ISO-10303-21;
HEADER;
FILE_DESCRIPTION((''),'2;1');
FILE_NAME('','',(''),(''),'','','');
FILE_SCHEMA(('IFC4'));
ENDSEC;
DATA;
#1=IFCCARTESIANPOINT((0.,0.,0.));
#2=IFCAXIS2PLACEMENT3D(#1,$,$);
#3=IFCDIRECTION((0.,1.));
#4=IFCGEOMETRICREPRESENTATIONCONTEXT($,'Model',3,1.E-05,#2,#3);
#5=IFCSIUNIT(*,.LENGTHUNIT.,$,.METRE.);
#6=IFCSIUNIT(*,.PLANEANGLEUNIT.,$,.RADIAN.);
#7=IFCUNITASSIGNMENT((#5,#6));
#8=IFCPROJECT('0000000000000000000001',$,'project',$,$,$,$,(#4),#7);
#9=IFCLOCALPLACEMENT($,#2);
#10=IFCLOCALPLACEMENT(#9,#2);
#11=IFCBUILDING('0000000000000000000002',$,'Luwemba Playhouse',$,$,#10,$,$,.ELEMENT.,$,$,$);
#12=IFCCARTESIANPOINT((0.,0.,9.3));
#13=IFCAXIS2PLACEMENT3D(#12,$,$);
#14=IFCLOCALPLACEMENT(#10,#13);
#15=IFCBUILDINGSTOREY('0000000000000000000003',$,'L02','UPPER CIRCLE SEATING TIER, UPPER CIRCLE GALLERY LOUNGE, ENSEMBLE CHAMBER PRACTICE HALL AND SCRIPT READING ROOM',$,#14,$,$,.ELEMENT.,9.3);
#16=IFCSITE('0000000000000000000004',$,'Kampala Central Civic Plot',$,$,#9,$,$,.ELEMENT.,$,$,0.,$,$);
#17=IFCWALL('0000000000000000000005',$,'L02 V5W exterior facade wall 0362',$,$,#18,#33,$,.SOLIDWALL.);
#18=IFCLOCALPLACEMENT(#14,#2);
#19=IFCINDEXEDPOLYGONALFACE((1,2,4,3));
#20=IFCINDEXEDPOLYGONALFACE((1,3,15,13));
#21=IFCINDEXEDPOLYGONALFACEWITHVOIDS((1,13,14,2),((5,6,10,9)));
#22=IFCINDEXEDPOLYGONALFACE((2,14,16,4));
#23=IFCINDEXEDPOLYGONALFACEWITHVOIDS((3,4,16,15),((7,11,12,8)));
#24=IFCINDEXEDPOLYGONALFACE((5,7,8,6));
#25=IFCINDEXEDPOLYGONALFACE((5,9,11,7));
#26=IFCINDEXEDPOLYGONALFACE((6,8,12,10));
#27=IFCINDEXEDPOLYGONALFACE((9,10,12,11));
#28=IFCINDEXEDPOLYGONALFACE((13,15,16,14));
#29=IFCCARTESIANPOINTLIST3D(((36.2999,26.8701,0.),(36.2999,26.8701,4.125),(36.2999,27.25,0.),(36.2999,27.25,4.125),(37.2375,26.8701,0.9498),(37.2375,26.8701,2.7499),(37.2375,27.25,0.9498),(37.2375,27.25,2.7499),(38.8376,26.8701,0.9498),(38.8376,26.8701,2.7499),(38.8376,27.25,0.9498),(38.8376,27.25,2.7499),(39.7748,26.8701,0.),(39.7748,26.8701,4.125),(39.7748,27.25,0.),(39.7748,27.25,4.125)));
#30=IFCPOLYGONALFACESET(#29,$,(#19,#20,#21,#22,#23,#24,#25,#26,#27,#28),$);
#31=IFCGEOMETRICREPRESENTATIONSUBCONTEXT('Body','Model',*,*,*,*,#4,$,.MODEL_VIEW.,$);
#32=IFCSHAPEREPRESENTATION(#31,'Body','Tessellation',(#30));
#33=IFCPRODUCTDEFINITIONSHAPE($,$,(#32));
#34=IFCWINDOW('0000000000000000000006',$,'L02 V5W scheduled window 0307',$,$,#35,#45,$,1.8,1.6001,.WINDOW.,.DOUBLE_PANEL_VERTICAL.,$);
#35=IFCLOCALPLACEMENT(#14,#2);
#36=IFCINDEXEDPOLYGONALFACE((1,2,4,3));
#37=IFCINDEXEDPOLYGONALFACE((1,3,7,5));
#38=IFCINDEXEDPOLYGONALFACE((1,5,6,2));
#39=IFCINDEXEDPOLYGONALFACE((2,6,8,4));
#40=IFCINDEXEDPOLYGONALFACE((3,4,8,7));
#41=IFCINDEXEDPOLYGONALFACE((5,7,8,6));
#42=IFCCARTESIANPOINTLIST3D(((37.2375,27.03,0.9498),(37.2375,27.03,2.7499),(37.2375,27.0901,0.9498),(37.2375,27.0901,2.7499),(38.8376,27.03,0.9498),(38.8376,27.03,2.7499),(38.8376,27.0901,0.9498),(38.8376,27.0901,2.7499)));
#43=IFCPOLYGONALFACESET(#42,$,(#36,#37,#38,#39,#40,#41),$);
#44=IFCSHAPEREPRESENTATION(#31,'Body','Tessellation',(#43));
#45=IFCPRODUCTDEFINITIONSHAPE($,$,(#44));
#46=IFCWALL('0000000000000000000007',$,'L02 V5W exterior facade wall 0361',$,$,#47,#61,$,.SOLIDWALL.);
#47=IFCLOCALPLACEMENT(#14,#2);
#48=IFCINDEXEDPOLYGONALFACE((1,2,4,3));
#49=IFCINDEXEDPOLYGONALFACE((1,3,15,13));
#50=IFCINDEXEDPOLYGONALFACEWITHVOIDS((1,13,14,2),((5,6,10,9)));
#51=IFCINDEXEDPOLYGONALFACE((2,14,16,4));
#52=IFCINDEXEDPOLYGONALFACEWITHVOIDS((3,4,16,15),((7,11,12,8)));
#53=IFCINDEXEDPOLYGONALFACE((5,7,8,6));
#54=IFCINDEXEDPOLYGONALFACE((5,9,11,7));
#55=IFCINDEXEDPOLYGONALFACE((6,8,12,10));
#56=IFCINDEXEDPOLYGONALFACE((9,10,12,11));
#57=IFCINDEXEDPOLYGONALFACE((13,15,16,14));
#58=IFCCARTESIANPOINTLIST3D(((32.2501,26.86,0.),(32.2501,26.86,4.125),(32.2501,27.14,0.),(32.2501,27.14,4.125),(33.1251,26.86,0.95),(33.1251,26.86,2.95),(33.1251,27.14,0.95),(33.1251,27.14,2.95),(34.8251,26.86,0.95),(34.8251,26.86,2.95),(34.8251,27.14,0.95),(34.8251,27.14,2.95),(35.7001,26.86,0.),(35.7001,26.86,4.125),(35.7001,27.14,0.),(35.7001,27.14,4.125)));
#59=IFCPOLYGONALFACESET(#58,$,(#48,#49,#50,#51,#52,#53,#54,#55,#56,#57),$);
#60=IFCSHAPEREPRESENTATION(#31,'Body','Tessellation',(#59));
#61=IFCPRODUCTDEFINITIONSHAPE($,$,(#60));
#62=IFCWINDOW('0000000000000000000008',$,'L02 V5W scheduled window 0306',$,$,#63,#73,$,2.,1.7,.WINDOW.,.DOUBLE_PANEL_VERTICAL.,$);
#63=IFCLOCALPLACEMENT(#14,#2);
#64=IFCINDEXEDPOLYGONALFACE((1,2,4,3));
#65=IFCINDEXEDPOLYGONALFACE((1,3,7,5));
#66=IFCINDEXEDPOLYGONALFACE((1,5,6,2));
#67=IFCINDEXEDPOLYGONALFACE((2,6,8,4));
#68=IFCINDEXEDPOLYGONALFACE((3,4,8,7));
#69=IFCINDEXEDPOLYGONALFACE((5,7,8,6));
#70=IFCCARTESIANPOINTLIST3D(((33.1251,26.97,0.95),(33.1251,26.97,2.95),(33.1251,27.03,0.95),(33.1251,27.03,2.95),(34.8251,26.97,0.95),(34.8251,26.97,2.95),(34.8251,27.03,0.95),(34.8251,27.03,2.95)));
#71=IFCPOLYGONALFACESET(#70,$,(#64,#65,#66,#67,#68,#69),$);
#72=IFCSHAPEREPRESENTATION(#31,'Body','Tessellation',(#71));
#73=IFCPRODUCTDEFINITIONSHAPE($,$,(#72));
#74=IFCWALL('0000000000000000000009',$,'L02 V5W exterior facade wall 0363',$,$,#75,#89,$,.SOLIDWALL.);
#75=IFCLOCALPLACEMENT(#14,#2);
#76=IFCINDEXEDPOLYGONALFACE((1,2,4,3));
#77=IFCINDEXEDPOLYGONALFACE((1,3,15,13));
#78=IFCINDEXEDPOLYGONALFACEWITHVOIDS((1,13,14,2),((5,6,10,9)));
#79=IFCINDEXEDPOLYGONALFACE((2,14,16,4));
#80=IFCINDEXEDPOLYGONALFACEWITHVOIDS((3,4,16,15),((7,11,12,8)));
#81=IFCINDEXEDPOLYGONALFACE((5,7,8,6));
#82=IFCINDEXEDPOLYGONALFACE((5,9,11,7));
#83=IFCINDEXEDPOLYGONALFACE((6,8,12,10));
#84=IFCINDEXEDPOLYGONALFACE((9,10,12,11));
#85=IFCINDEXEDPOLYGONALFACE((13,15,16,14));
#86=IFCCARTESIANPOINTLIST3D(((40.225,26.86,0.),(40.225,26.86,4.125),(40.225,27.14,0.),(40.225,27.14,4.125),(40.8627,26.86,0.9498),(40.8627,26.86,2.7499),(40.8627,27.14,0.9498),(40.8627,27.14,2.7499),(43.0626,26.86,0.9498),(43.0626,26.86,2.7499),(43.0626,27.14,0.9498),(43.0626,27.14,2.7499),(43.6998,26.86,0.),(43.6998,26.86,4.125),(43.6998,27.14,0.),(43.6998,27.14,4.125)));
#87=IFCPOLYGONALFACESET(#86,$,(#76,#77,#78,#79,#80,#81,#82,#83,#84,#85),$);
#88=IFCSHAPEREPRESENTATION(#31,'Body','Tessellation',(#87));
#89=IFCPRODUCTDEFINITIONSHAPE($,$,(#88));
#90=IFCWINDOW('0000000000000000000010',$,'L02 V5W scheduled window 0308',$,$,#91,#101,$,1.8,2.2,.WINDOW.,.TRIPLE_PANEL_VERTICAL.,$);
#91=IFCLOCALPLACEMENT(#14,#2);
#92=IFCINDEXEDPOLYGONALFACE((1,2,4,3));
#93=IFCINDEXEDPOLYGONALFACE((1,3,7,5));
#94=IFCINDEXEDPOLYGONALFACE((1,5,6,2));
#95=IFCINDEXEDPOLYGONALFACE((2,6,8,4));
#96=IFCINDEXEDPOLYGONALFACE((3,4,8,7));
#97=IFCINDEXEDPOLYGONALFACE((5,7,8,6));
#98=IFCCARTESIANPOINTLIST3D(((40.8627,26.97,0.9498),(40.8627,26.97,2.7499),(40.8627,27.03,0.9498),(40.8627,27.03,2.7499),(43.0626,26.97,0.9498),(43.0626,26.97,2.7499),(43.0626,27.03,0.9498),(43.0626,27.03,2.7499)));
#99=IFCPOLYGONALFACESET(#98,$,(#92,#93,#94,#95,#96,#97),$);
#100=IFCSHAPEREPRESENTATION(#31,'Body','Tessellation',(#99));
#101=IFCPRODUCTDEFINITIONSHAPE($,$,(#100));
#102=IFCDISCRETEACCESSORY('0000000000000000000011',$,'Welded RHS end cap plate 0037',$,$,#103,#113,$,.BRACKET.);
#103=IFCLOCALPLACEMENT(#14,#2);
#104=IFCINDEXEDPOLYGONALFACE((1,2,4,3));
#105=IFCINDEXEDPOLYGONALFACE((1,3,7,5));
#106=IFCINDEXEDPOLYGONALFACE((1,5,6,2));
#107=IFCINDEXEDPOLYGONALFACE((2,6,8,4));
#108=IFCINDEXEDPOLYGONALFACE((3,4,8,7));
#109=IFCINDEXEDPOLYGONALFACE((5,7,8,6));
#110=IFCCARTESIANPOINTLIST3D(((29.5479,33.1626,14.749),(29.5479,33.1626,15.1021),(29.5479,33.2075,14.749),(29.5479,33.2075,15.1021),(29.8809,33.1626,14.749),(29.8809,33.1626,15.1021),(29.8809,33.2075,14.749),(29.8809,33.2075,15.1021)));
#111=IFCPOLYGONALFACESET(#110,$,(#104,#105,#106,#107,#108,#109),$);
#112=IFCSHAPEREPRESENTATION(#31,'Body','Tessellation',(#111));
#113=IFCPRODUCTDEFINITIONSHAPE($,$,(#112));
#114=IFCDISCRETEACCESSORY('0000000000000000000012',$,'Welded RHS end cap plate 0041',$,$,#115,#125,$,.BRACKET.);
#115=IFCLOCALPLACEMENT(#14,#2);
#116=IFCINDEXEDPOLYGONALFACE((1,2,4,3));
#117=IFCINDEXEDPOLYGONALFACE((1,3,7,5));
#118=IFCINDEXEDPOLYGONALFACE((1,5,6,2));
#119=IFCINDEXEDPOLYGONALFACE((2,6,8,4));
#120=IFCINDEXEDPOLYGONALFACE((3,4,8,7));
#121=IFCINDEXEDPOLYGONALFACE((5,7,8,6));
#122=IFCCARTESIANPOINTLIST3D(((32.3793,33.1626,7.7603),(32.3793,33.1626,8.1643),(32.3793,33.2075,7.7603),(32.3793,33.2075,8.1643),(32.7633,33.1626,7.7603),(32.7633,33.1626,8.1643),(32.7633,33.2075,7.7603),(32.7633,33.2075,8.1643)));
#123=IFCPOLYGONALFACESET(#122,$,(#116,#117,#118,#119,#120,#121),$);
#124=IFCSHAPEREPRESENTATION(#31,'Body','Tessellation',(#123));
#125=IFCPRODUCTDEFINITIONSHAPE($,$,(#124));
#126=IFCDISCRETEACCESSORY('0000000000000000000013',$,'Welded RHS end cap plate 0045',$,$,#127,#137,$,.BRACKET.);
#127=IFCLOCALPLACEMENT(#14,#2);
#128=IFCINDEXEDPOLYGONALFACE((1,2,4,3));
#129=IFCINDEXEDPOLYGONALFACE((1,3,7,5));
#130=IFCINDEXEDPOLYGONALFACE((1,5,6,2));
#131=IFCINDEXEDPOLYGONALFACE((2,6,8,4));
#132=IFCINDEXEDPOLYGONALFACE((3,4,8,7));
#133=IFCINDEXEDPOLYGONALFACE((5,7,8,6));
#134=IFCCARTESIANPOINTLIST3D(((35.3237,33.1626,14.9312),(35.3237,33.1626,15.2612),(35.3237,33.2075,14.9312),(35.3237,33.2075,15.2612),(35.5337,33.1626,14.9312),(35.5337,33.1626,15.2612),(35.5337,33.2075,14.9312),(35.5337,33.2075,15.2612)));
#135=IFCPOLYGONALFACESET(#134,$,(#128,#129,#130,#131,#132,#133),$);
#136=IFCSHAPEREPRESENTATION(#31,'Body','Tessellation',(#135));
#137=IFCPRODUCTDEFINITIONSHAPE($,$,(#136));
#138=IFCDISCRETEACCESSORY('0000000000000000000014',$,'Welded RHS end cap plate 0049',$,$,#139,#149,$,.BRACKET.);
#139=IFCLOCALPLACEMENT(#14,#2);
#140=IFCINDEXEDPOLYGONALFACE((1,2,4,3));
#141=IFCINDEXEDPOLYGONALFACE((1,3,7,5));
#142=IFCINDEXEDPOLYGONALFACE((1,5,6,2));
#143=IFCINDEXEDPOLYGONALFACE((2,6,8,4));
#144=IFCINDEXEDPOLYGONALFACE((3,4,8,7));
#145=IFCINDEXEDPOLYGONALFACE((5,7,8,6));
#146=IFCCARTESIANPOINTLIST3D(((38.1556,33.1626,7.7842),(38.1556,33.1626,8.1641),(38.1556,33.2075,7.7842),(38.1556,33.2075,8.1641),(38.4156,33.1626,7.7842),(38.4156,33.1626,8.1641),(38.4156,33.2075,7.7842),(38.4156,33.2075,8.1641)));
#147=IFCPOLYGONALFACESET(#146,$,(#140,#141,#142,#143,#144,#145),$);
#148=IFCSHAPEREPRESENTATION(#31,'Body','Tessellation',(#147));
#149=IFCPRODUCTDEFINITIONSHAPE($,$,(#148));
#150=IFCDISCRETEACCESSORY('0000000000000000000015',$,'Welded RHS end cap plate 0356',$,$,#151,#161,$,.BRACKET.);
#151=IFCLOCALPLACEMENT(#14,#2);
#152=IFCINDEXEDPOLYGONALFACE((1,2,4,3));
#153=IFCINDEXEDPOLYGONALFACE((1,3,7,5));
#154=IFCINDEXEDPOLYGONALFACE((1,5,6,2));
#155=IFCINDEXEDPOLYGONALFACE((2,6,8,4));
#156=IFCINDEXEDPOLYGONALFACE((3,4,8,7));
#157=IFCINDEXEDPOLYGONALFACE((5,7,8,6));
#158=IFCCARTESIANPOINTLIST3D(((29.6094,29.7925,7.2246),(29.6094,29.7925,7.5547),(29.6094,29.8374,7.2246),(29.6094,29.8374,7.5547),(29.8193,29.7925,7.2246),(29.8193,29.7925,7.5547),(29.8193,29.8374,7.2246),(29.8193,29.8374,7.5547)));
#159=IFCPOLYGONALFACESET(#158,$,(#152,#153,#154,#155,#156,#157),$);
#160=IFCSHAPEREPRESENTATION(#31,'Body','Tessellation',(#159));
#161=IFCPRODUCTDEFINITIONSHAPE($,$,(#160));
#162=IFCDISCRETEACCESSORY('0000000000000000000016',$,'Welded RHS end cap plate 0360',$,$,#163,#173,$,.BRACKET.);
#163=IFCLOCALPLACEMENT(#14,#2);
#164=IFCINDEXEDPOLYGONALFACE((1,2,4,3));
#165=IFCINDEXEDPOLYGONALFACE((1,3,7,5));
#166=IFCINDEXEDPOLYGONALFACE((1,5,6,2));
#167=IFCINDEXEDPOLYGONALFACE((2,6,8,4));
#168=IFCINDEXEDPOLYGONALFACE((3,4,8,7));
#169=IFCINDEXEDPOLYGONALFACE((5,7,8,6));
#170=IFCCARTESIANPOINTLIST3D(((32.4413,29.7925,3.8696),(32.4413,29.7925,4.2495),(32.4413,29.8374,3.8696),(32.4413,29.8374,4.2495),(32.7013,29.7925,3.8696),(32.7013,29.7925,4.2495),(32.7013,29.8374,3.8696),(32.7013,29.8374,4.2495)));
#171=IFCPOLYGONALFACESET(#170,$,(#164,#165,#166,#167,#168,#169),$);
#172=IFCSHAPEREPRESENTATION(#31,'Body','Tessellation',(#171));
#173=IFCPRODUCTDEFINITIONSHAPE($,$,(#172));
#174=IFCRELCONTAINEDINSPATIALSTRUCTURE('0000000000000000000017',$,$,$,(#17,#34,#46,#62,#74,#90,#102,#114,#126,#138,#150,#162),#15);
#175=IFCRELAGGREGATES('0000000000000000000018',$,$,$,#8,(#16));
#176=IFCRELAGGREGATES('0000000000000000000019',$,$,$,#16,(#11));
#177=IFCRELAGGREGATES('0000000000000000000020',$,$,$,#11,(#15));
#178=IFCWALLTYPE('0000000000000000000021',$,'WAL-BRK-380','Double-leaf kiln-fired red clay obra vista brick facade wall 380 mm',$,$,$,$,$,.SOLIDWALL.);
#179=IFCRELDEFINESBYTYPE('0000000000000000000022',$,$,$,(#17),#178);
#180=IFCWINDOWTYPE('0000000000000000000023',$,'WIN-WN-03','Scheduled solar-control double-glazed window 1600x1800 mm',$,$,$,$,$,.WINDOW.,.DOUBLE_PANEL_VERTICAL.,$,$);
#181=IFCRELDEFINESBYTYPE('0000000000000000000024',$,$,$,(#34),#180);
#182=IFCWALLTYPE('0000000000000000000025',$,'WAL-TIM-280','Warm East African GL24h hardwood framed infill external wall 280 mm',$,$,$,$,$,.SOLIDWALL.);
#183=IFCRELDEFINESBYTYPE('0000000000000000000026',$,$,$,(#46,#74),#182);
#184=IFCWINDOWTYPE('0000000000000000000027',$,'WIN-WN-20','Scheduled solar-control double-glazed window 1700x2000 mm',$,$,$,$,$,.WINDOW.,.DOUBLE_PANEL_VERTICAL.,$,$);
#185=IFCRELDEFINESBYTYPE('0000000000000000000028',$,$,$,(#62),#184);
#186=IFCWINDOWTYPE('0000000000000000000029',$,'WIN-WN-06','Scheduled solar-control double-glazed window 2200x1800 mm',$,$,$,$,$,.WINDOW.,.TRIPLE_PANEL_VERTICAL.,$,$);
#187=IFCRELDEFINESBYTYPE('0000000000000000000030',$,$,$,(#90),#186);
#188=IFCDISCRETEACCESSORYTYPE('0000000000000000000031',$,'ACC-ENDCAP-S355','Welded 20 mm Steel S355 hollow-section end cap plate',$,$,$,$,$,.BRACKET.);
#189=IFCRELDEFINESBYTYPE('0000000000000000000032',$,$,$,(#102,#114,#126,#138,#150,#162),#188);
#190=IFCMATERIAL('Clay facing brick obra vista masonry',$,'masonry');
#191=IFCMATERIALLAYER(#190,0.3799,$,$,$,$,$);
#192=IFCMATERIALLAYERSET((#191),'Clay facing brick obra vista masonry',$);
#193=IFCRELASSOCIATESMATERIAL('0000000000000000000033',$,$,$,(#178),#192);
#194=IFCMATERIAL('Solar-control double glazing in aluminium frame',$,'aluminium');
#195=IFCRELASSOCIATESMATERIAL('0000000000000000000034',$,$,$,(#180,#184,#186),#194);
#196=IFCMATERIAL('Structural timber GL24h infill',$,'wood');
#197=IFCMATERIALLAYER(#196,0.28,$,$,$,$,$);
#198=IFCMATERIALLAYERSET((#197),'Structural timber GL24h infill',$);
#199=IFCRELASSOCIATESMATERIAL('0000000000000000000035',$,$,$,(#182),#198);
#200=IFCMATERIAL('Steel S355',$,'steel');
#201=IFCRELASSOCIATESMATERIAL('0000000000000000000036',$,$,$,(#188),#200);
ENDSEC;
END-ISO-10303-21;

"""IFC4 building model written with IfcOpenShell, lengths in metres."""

from ifc_helpers import new_model, si_unit, direction, frame, frame_2d, origin, origin_2d, place, context, subcontext, project, spatial, rectangle, extrude, material, layer, layer_set, type_object, element, fill, save


model = new_model("IFC4")

# Units and contexts
model_context = context("Model", 3, precision=1e-05, world=origin(), true_north=direction((0.0, 1.0)))
body_context = subcontext(model_context, "Body", "Model", "MODEL_VIEW")
ifc_project = project(units=[si_unit("LENGTHUNIT", "METRE"), si_unit("PLANEANGLEUNIT", "RADIAN")], contexts=[model_context])

# Site, building, storey
site_placement = place(None, origin())
site = spatial("IfcSite", under=ifc_project, at=site_placement, Name="Kampala Central Civic Plot", CompositionType="ELEMENT", RefElevation=0.0)
building_placement = place(site_placement, origin())
building = spatial("IfcBuilding", under=site, at=building_placement, Name="Luwemba Playhouse", CompositionType="ELEMENT")
storey_placement = place(building_placement, frame((0.0, 0.0, 9.3)))
storey = spatial("IfcBuildingStorey", under=building, at=storey_placement, Name="L02", Description="UPPER CIRCLE SEATING TIER, UPPER CIRCLE GALLERY LOUNGE, ENSEMBLE CHAMBER PRACTICE HALL AND SCRIPT READING ROOM", CompositionType="ELEMENT", Elevation=9.3)

# Shared definitions
ifc_material_1 = material(Name="Steel S355", Category="steel")

# Walls, openings, windows
ifc_material_2 = material(Name="Clay facing brick obra vista masonry", Category="masonry")
ifc_layer_1 = layer(ifc_material_2, 0.3799)
ifc_layer_set_1 = layer_set([ifc_layer_1], Name="Clay facing brick obra vista masonry")
wall_type_1 = type_object("IfcWallType", Name="WAL-BRK-380", Description="Double-leaf kiln-fired red clay obra vista brick facade wall 380 mm", PredefinedType="SOLIDWALL", material=ifc_layer_set_1)
wall_1_placement = place(storey_placement, frame((36.3, 27.0601, 0.0), z_axis=(0.0, 0.0, 1.0), x_axis=(1.0, 0.0, 0.0)))
wall_1 = element("IfcWall", 1, at=wall_1_placement, inside=storey, type_object=wall_type_1, Name="L02 V5W exterior facade wall 0362", PredefinedType="SOLIDWALL", context=body_context, shape_type="SweptSolid", body=[
    extrude(rectangle(XDim=3.4749, YDim=0.3799, at=frame_2d((1.7373, 0.0))), origin(), (0.0, 0.0, 1.0), 4.125),
])
opening_1_placement = place(wall_1_placement, frame((0.9375, 0.0, 0.95)))
opening_1 = element("IfcOpeningElement", 2, at=opening_1_placement, cuts=wall_1, PredefinedType="OPENING", context=body_context, shape_type="SweptSolid", body=[
    extrude(rectangle(XDim=1.6001, YDim=1.8, at=frame_2d((0.8, 0.8999))), frame((0.0, 0.2, 0.0), z_axis=(0.0, -1.0, 0.0), x_axis=(1.0, 0.0, 0.0)), (0.0, 0.0, 1.0), 0.3999),
])
ifc_material_3 = material(Name="Solar-control double glazing in aluminium frame", Category="aluminium")
window_type_1 = type_object("IfcWindowType", Name="WIN-WN-03", Description="Scheduled solar-control double-glazed window 1600x1800 mm", PartitioningType="DOUBLE_PANEL_VERTICAL", PredefinedType="WINDOW", material=ifc_material_3)
window_1_placement = place(opening_1_placement, origin())
window_1 = element("IfcWindow", 3, at=window_1_placement, inside=storey, type_object=window_type_1, Name="L02 V5W scheduled window 0307", OverallHeight=1.8, OverallWidth=1.6001, PartitioningType="DOUBLE_PANEL_VERTICAL", PredefinedType="WINDOW", context=body_context, shape_type="SweptSolid", body=[
    extrude(rectangle(XDim=1.6001, YDim=1.8, at=frame_2d((0.8, 0.8999))), frame((0.0, 0.03, 0.0), z_axis=(0.0, -1.0, 0.0), x_axis=(1.0, 0.0, 0.0)), (0.0, 0.0, 1.0), 0.0601),
])
fill(opening_1, window_1)
ifc_material_4 = material(Name="Structural timber GL24h infill", Category="wood")
ifc_layer_2 = layer(ifc_material_4, 0.28)
ifc_layer_set_2 = layer_set([ifc_layer_2], Name="Structural timber GL24h infill")
wall_type_2 = type_object("IfcWallType", Name="WAL-TIM-280", Description="Warm East African GL24h hardwood framed infill external wall 280 mm", PredefinedType="SOLIDWALL", material=ifc_layer_set_2)
wall_2_placement = place(storey_placement, frame((32.25, 27.0, 0.0), z_axis=(0.0, 0.0, 1.0), x_axis=(1.0, 0.0, 0.0)))
wall_2 = element("IfcWall", 4, at=wall_2_placement, inside=storey, type_object=wall_type_2, Name="L02 V5W exterior facade wall 0361", PredefinedType="SOLIDWALL", context=body_context, shape_type="SweptSolid", body=[
    extrude(rectangle(XDim=3.45, YDim=0.28, at=frame_2d((1.7251, 0.0))), origin(), (0.0, 0.0, 1.0), 4.125),
])
opening_2_placement = place(wall_2_placement, frame((0.875, 0.0, 0.95)))
opening_2 = element("IfcOpeningElement", 5, at=opening_2_placement, cuts=wall_2, PredefinedType="OPENING", context=body_context, shape_type="SweptSolid", body=[
    extrude(rectangle(XDim=1.7, YDim=2.0, at=frame_2d((0.8501, 1.0))), frame((0.0, 0.1499, 0.0), z_axis=(0.0, -1.0, 0.0), x_axis=(1.0, 0.0, 0.0)), (0.0, 0.0, 1.0), 0.3),
])
window_type_2 = type_object("IfcWindowType", Name="WIN-WN-20", Description="Scheduled solar-control double-glazed window 1700x2000 mm", PartitioningType="DOUBLE_PANEL_VERTICAL", PredefinedType="WINDOW", material=ifc_material_3)
window_2_placement = place(opening_2_placement, origin())
window_2 = element("IfcWindow", 6, at=window_2_placement, inside=storey, type_object=window_type_2, Name="L02 V5W scheduled window 0306", OverallHeight=2.0, OverallWidth=1.7, PartitioningType="DOUBLE_PANEL_VERTICAL", PredefinedType="WINDOW", context=body_context, shape_type="SweptSolid", body=[
    extrude(rectangle(XDim=1.7, YDim=2.0, at=frame_2d((0.8501, 1.0))), frame((0.0, 0.03, 0.0), z_axis=(0.0, -1.0, 0.0), x_axis=(1.0, 0.0, 0.0)), (0.0, 0.0, 1.0), 0.0601),
])
fill(opening_2, window_2)
wall_3_placement = place(storey_placement, frame((40.2251, 27.0, 0.0), z_axis=(0.0, 0.0, 1.0), x_axis=(1.0, 0.0, 0.0)))
wall_3 = element("IfcWall", 7, at=wall_3_placement, inside=storey, type_object=wall_type_2, Name="L02 V5W exterior facade wall 0363", PredefinedType="SOLIDWALL", context=body_context, shape_type="SweptSolid", body=[
    extrude(rectangle(XDim=3.4749, YDim=0.28, at=frame_2d((1.7373, 0.0))), origin(), (0.0, 0.0, 1.0), 4.125),
])
opening_3_placement = place(wall_3_placement, frame((0.6375, 0.0, 0.95)))
opening_3 = element("IfcOpeningElement", 8, at=opening_3_placement, cuts=wall_3, PredefinedType="OPENING", context=body_context, shape_type="SweptSolid", body=[
    extrude(rectangle(XDim=2.2, YDim=1.8, at=frame_2d((1.1001, 0.8999))), frame((0.0, 0.1499, 0.0), z_axis=(0.0, -1.0, 0.0), x_axis=(1.0, 0.0, 0.0)), (0.0, 0.0, 1.0), 0.3),
])
window_type_3 = type_object("IfcWindowType", Name="WIN-WN-06", Description="Scheduled solar-control double-glazed window 2200x1800 mm", PartitioningType="TRIPLE_PANEL_VERTICAL", PredefinedType="WINDOW", material=ifc_material_3)
window_3_placement = place(opening_3_placement, origin())
window_3 = element("IfcWindow", 9, at=window_3_placement, inside=storey, type_object=window_type_3, Name="L02 V5W scheduled window 0308", OverallHeight=1.8, OverallWidth=2.2, PartitioningType="TRIPLE_PANEL_VERTICAL", PredefinedType="WINDOW", context=body_context, shape_type="SweptSolid", body=[
    extrude(rectangle(XDim=2.2, YDim=1.8, at=frame_2d((1.1001, 0.8999))), frame((0.0, 0.03, 0.0), z_axis=(0.0, -1.0, 0.0), x_axis=(1.0, 0.0, 0.0)), (0.0, 0.0, 1.0), 0.0601),
])
fill(opening_3, window_3)

# Discrete accessories
discrete_accessory_type = type_object("IfcDiscreteAccessoryType", Name="ACC-ENDCAP-S355", Description="Welded 20 mm Steel S355 hollow-section end cap plate", PredefinedType="BRACKET", material=ifc_material_1)
discrete_accessory_1_placement = place(storey_placement, frame((29.7144, 33.1851, 14.749), z_axis=(0.0, 0.0, 1.0), x_axis=(1.0, 0.0, 0.0)))
element("IfcDiscreteAccessory", 10, at=discrete_accessory_1_placement, inside=storey, type_object=discrete_accessory_type, Name="Welded RHS end cap plate 0037", PredefinedType="BRACKET", context=body_context, shape_type="SweptSolid", body=[
    extrude(rectangle(XDim=0.333, YDim=0.0449, at=origin_2d()), origin(), (0.0, 0.0, 1.0), 0.353),
])
discrete_accessory_2_placement = place(storey_placement, frame((32.5713, 33.1851, 7.7603), z_axis=(0.0, 0.0, 1.0), x_axis=(1.0, 0.0, 0.0)))
element("IfcDiscreteAccessory", 11, at=discrete_accessory_2_placement, inside=storey, type_object=discrete_accessory_type, Name="Welded RHS end cap plate 0041", PredefinedType="BRACKET", context=body_context, shape_type="SweptSolid", body=[
    extrude(rectangle(XDim=0.384, YDim=0.0449, at=origin_2d()), origin(), (0.0, 0.0, 1.0), 0.4041),
])
discrete_accessory_3_placement = place(storey_placement, frame((35.4287, 33.1851, 14.9312), z_axis=(0.0, 0.0, 1.0), x_axis=(1.0, 0.0, 0.0)))
element("IfcDiscreteAccessory", 12, at=discrete_accessory_3_placement, inside=storey, type_object=discrete_accessory_type, Name="Welded RHS end cap plate 0045", PredefinedType="BRACKET", context=body_context, shape_type="SweptSolid", body=[
    extrude(rectangle(XDim=0.21, YDim=0.0449, at=origin_2d()), origin(), (0.0, 0.0, 1.0), 0.3301),
])
discrete_accessory_4_placement = place(storey_placement, frame((38.2856, 33.1851, 7.7842), z_axis=(0.0, 0.0, 1.0), x_axis=(1.0, 0.0, 0.0)))
element("IfcDiscreteAccessory", 13, at=discrete_accessory_4_placement, inside=storey, type_object=discrete_accessory_type, Name="Welded RHS end cap plate 0049", PredefinedType="BRACKET", context=body_context, shape_type="SweptSolid", body=[
    extrude(rectangle(XDim=0.26, YDim=0.0449, at=origin_2d()), origin(), (0.0, 0.0, 1.0), 0.3799),
])
discrete_accessory_5_placement = place(storey_placement, frame((29.7144, 29.8149, 7.2246), z_axis=(0.0, 0.0, 1.0), x_axis=(1.0, 0.0, 0.0)))
element("IfcDiscreteAccessory", 14, at=discrete_accessory_5_placement, inside=storey, type_object=discrete_accessory_type, Name="Welded RHS end cap plate 0356", PredefinedType="BRACKET", context=body_context, shape_type="SweptSolid", body=[
    extrude(rectangle(XDim=0.21, YDim=0.0449, at=origin_2d()), origin(), (0.0, 0.0, 1.0), 0.3301),
])
discrete_accessory_6_placement = place(storey_placement, frame((32.5713, 29.8149, 3.8696), z_axis=(0.0, 0.0, 1.0), x_axis=(1.0, 0.0, 0.0)))
element("IfcDiscreteAccessory", 15, at=discrete_accessory_6_placement, inside=storey, type_object=discrete_accessory_type, Name="Welded RHS end cap plate 0360", PredefinedType="BRACKET", context=body_context, shape_type="SweptSolid", body=[
    extrude(rectangle(XDim=0.26, YDim=0.0449, at=origin_2d()), origin(), (0.0, 0.0, 1.0), 0.3799),
])

save(model, "model.ifc")
